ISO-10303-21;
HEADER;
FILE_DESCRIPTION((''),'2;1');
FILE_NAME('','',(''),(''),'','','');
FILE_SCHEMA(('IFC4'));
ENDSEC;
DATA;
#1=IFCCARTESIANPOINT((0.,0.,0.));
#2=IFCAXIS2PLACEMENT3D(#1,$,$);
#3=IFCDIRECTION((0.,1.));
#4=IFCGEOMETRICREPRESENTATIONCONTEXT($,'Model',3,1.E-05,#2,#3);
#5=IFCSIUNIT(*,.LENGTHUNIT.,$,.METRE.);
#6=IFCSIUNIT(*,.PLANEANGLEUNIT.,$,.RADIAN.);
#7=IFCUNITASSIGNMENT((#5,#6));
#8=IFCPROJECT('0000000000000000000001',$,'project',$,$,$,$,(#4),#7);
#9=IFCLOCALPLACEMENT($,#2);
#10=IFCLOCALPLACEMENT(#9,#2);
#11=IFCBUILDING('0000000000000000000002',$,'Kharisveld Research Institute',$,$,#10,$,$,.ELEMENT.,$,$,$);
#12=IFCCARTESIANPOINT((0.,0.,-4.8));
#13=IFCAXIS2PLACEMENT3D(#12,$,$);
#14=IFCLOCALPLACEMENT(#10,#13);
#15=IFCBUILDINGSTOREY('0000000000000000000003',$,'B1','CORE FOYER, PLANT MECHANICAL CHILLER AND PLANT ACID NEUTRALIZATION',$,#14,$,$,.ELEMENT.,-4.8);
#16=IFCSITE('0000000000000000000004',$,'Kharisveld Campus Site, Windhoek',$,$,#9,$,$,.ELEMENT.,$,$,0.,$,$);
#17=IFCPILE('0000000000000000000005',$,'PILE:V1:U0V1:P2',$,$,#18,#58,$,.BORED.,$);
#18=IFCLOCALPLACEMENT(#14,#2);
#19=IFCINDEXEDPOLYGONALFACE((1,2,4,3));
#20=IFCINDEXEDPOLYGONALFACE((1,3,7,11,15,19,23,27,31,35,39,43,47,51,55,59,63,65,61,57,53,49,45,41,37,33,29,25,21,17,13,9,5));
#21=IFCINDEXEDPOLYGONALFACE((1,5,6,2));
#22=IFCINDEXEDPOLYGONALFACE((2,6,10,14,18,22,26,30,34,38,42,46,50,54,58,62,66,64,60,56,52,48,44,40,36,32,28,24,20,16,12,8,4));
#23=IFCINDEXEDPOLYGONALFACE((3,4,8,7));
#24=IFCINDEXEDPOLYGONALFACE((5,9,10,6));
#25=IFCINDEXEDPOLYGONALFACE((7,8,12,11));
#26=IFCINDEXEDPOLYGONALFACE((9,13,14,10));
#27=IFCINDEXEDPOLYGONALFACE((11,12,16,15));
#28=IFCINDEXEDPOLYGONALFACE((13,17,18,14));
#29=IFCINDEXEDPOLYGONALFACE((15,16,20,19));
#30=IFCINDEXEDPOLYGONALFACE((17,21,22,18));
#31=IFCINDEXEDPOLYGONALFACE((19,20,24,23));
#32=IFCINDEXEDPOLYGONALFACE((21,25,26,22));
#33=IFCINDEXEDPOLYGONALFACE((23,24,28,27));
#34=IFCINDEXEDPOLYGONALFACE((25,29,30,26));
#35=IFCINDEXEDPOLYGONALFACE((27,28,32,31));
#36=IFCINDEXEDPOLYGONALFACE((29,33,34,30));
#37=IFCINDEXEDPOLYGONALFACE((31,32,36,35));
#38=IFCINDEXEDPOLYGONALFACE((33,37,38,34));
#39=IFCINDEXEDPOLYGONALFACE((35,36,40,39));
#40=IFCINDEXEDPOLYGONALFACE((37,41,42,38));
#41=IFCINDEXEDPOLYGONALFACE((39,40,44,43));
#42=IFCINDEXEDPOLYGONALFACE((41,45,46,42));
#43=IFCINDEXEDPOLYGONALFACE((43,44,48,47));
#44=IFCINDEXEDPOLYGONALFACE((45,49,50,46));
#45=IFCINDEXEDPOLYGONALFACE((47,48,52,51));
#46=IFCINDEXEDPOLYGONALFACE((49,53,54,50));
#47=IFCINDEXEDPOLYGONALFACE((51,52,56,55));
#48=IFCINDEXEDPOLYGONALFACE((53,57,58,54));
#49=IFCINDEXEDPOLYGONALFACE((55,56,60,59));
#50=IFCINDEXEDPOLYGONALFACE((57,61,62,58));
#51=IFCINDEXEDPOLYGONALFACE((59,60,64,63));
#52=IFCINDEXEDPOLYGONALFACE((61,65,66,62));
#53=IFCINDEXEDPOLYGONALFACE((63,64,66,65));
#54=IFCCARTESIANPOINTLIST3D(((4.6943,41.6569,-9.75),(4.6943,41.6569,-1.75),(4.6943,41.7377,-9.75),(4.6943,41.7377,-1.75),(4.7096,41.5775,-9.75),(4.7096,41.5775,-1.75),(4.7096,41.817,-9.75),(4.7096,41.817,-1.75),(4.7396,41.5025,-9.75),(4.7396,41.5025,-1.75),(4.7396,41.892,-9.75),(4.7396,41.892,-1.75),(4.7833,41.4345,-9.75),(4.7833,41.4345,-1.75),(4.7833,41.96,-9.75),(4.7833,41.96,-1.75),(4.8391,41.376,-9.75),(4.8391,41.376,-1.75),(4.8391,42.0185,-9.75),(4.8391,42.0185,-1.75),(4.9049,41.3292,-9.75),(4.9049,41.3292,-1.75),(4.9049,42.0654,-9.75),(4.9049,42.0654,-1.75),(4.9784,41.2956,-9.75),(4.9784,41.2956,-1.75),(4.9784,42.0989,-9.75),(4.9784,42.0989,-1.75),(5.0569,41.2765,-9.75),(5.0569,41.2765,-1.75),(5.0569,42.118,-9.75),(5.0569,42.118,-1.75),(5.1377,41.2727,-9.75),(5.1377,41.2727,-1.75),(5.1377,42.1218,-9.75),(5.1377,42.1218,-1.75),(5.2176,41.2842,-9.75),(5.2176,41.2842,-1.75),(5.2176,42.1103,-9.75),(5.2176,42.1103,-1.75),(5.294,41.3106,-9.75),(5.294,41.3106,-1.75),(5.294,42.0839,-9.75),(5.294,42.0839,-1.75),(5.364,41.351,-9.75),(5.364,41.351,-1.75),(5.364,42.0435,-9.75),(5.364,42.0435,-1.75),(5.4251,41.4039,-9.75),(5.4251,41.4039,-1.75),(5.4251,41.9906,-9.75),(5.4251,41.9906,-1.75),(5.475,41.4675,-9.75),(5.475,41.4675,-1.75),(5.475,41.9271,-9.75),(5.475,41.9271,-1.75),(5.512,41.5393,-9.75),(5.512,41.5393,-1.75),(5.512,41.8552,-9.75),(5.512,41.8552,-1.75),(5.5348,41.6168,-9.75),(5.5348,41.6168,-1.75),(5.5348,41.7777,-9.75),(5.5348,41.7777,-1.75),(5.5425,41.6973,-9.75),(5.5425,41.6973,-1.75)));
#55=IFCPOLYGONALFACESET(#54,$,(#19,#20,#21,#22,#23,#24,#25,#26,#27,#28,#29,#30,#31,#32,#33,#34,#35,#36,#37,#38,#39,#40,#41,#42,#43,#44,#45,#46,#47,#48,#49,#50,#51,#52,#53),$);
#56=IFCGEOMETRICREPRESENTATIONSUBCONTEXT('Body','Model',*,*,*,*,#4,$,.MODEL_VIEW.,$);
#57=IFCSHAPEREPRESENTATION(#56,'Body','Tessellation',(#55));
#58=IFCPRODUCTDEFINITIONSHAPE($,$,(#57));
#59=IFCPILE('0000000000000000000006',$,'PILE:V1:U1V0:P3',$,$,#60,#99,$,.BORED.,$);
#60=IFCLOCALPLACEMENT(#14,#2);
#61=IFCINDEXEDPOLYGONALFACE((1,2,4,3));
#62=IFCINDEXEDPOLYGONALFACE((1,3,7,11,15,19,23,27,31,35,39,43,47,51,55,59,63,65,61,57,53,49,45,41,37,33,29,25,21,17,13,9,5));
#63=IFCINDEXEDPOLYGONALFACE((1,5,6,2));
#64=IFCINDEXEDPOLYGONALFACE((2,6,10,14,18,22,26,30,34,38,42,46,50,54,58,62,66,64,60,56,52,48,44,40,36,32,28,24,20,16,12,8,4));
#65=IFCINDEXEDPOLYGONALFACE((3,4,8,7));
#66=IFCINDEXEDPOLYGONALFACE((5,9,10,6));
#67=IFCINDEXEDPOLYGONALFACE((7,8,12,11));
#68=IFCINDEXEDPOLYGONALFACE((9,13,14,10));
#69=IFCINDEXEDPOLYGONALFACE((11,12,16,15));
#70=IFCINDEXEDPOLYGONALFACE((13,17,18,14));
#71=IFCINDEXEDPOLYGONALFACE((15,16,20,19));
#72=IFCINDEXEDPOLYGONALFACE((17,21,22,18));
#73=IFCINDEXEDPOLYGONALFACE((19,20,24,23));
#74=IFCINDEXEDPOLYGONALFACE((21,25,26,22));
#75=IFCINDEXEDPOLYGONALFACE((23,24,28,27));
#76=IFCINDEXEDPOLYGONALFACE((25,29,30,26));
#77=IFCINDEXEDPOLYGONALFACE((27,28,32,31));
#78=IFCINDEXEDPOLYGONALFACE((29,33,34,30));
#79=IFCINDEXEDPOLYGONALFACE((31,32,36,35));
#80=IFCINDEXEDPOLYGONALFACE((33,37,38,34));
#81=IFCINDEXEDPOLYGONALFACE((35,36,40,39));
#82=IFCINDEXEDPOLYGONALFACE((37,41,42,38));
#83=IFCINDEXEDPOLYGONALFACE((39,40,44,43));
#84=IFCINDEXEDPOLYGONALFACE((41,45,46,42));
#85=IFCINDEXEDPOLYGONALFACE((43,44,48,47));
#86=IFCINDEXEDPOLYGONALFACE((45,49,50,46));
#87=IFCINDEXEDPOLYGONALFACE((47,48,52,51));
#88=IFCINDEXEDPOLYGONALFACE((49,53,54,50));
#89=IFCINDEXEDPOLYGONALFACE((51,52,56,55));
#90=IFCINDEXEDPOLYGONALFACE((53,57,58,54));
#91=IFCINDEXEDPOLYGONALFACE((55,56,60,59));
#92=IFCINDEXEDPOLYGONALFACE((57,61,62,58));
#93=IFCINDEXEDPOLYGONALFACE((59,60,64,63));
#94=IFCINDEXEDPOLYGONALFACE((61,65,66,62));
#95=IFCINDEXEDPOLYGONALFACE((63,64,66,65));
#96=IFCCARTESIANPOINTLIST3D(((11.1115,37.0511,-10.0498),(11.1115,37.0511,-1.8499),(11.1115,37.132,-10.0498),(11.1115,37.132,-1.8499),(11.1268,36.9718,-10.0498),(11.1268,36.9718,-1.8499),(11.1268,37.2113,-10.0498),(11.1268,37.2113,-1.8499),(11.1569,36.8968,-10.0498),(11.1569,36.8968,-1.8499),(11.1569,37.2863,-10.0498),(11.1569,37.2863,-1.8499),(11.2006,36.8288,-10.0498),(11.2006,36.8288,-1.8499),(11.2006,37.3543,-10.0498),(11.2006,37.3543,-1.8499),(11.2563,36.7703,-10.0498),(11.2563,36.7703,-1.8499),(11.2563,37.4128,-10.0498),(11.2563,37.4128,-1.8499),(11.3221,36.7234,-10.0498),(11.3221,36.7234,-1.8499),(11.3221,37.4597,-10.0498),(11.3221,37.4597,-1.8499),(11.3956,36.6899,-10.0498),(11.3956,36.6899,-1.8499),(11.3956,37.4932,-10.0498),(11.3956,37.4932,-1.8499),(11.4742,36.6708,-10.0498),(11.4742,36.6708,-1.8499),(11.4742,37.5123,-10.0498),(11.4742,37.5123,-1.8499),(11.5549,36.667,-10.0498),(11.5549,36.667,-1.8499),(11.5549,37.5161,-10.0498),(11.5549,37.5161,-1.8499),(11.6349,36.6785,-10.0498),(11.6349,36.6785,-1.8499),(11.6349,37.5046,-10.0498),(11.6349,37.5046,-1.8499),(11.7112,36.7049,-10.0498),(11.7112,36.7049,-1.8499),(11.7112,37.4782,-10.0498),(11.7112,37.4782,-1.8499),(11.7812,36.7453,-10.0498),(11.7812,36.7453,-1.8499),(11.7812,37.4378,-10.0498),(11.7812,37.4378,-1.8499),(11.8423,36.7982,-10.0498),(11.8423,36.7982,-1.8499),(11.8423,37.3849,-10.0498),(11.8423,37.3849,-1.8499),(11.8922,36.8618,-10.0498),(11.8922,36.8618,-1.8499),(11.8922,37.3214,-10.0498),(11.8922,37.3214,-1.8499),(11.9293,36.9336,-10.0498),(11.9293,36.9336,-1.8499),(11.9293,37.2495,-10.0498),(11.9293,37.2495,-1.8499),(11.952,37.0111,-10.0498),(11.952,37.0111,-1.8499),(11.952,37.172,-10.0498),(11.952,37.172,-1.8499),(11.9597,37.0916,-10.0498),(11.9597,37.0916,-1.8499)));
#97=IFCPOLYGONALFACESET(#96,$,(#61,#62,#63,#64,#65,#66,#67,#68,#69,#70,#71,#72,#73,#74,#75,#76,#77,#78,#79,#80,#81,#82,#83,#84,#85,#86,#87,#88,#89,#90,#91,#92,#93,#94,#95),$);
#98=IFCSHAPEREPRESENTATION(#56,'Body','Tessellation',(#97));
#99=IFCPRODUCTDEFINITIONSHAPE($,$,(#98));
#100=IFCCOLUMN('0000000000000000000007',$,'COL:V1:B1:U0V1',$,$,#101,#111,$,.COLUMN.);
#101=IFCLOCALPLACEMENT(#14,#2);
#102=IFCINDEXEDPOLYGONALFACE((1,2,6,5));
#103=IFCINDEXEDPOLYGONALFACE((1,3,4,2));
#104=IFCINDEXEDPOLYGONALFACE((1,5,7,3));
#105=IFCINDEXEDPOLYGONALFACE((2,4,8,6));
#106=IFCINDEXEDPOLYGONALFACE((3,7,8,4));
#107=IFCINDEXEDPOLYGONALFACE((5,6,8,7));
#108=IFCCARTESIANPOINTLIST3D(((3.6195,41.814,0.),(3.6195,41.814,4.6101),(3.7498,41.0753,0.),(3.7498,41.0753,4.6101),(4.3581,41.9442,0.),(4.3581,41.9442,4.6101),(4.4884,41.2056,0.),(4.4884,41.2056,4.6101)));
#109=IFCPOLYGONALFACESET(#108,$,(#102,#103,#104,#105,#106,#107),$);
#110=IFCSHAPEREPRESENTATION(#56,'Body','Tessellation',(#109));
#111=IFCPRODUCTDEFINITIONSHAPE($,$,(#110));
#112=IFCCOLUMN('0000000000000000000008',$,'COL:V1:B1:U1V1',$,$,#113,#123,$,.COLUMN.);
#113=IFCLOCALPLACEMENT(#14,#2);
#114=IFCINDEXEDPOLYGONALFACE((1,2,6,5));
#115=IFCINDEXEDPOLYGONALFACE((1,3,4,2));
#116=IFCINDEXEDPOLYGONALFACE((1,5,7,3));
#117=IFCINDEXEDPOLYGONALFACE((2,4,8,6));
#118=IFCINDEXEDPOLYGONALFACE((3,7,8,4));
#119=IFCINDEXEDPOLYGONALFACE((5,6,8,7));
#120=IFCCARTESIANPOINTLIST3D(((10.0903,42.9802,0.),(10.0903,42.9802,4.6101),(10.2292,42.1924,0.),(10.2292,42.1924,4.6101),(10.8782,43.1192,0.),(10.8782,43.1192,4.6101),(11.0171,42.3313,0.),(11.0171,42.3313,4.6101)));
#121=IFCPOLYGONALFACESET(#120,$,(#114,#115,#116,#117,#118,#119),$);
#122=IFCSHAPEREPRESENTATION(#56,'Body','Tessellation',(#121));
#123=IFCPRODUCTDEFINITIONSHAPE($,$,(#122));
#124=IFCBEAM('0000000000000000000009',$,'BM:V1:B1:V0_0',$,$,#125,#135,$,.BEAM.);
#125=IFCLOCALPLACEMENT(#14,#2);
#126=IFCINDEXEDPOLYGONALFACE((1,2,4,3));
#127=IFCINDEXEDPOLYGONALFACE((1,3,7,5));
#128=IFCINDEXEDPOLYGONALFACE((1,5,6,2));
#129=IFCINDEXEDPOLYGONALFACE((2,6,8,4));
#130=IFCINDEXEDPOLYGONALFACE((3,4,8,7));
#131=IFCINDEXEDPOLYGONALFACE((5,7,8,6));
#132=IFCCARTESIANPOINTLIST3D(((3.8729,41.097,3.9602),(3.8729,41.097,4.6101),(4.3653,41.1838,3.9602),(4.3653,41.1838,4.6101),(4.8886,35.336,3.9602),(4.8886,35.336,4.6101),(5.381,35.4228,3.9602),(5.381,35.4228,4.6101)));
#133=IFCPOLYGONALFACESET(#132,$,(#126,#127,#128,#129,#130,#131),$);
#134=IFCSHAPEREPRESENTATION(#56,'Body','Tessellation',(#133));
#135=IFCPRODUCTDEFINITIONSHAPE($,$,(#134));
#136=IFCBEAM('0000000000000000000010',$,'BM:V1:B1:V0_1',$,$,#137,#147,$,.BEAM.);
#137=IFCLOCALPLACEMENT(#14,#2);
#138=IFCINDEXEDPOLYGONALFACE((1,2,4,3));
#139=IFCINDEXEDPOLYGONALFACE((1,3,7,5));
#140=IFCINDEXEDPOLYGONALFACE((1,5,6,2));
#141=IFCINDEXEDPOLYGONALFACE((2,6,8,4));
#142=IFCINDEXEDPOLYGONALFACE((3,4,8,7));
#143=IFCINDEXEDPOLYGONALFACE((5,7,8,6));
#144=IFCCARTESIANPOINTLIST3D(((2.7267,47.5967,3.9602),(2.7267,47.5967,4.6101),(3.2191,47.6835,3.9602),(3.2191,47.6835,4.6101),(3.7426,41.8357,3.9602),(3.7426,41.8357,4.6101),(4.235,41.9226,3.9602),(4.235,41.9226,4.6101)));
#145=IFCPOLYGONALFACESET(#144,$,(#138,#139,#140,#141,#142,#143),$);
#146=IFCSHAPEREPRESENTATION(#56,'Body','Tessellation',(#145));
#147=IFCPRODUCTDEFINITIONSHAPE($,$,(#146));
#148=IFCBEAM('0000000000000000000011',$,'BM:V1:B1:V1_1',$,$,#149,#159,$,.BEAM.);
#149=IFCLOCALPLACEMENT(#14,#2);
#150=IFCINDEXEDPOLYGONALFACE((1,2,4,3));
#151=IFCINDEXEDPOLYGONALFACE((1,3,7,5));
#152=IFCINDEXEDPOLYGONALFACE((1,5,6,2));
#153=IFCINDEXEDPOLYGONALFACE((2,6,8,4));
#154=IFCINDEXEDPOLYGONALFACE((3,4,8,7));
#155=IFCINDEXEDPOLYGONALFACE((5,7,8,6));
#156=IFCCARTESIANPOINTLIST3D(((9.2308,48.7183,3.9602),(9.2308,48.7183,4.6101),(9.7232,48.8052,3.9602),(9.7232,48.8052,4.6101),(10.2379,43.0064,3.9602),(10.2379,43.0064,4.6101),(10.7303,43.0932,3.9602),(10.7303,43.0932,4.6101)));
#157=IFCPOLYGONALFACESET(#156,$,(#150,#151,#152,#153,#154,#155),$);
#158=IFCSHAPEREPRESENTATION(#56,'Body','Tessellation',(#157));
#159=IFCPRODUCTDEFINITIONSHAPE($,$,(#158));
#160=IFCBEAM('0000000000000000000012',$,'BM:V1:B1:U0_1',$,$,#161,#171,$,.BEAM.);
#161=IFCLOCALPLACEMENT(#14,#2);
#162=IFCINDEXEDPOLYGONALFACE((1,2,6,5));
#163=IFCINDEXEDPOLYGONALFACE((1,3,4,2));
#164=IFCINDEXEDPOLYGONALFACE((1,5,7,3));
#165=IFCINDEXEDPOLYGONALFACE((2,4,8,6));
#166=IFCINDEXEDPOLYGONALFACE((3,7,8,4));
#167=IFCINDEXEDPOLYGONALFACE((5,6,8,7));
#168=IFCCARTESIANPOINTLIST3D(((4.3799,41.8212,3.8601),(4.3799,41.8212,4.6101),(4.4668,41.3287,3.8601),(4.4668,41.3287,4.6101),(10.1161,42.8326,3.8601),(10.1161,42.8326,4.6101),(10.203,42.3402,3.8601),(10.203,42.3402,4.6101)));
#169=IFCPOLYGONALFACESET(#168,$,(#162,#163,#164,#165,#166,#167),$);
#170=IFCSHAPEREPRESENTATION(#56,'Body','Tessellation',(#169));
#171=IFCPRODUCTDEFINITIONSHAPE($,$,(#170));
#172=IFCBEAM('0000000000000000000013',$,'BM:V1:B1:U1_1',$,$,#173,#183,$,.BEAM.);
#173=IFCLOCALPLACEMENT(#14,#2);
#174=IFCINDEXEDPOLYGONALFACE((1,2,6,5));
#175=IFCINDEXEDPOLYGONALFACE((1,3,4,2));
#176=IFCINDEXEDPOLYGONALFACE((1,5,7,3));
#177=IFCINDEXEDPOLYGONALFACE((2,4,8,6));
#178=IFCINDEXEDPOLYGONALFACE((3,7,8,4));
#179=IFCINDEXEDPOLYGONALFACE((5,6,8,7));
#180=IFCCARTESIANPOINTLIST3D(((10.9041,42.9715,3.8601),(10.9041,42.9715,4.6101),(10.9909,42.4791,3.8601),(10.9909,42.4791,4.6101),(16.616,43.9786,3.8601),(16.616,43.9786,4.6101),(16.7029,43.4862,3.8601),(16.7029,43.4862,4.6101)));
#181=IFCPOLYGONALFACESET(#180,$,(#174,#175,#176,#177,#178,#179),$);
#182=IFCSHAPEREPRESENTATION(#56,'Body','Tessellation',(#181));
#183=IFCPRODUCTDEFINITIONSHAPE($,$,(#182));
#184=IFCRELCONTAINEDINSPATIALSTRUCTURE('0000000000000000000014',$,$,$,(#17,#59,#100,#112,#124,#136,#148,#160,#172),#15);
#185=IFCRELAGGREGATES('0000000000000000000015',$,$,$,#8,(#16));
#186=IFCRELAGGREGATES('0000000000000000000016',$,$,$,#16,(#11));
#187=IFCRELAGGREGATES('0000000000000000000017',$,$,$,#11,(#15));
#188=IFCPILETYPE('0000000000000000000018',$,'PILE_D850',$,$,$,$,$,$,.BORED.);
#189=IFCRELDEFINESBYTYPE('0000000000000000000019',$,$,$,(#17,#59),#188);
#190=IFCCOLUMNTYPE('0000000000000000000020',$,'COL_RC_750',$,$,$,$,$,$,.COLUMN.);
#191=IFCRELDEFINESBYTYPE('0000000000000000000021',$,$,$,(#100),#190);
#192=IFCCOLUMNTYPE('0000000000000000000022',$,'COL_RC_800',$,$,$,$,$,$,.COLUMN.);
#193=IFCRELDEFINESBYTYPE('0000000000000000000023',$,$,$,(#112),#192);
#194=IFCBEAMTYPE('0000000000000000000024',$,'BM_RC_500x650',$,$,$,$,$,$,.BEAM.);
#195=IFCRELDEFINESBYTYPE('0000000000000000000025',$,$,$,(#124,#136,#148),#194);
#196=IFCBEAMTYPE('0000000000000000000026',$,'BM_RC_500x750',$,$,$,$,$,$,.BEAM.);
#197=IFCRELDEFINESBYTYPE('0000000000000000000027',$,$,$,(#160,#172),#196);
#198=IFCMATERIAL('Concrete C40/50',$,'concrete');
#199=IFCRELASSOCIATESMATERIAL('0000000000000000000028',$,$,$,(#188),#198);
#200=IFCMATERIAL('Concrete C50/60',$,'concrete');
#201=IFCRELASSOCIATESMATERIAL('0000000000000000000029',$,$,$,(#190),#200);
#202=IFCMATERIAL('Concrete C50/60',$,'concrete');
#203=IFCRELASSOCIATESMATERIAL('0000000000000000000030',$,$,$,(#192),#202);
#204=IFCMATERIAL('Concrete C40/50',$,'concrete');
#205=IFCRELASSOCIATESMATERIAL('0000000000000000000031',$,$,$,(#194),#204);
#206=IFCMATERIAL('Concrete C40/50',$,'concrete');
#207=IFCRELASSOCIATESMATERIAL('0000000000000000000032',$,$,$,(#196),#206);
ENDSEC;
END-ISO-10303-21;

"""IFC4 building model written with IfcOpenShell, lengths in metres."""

from ifc_helpers import new_model, si_unit, direction, frame, origin, origin_2d, place, context, subcontext, project, spatial, rectangle, circle, extrude, material, material_profile, profile_set, type_object, element, save


model = new_model("IFC4")

# Units and contexts
model_context = context("Model", 3, precision=1e-05, world=origin(), true_north=direction((0.0, 1.0)))
body_context = subcontext(model_context, "Body", "Model", "MODEL_VIEW")
ifc_project = project(units=[si_unit("LENGTHUNIT", "METRE"), si_unit("PLANEANGLEUNIT", "RADIAN")], contexts=[model_context])

# Site, building, storey
site_placement = place(None, origin())
site = spatial("IfcSite", under=ifc_project, at=site_placement, Name="Kharisveld Campus Site, Windhoek", CompositionType="ELEMENT", RefElevation=0.0)
building_placement = place(site_placement, origin())
building = spatial("IfcBuilding", under=site, at=building_placement, Name="Kharisveld Research Institute", CompositionType="ELEMENT")
storey_placement = place(building_placement, frame((0.0, 0.0, -4.8)))
storey = spatial("IfcBuildingStorey", under=building, at=storey_placement, Name="B1", Description="CORE FOYER, PLANT MECHANICAL CHILLER AND PLANT ACID NEUTRALIZATION", CompositionType="ELEMENT", Elevation=-4.8)

# Piles
ifc_material_1 = material(Name="Concrete C40/50", Category="concrete")
ifc_material_profile_1 = material_profile(ifc_material_1, circle(Radius=0.425, at=origin_2d()))
ifc_profile_set_1 = profile_set([ifc_material_profile_1], Name="Concrete C40/50")
pile_type_1 = type_object("IfcPileType", Name="PILE_D850", PredefinedType="BORED", material=ifc_profile_set_1)
for number, where, z_axis, x_axis, name in (
    (1, (5.1174, 41.6973, -1.75), (0.0, 0.0, -1.0), (1.0, 0.0, 0.0), "PILE:V1:U0V1:P2"),
):
    element("IfcPile", number, at=place(storey_placement, frame(where, z_axis=z_axis, x_axis=x_axis)), inside=storey, type_object=pile_type_1, Name=name, PredefinedType="BORED", context=body_context, shape_type="SweptSolid", body=[
        extrude(circle(Radius=0.425, at=origin_2d()), origin(), (0.0, 0.0, 1.0), 8.0),
    ])
pile_1_placement = place(storey_placement, frame((11.5347, 37.0916, -1.8499), z_axis=(0.0, 0.0, -1.0), x_axis=(1.0, 0.0, 0.0)))
element("IfcPile", 2, at=pile_1_placement, inside=storey, type_object=pile_type_1, Name="PILE:V1:U1V0:P3", PredefinedType="BORED", context=body_context, shape_type="SweptSolid", body=[
    extrude(circle(Radius=0.425, at=origin_2d()), origin(), (0.0, 0.0, 1.0), 8.2),
])

# Columns
ifc_material_2 = material(Name="Concrete C50/60", Category="concrete")
ifc_material_profile_2 = material_profile(ifc_material_2, rectangle(XDim=0.75, YDim=0.75, at=origin_2d()))
ifc_profile_set_2 = profile_set([ifc_material_profile_2], Name="Concrete C50/60")
column_type_1 = type_object("IfcColumnType", Name="COL_RC_750", PredefinedType="COLUMN", material=ifc_profile_set_2)
column_1_placement = place(storey_placement, frame((4.054, 41.5098, 0.0), z_axis=(0.0, 0.0, 1.0), x_axis=(0.984808, 0.173648, 0.0)))
element("IfcColumn", 3, at=column_1_placement, inside=storey, type_object=column_type_1, Name="COL:V1:B1:U0V1", PredefinedType="COLUMN", context=body_context, shape_type="SweptSolid", body=[
    extrude(rectangle(XDim=0.75, YDim=0.75, at=origin_2d()), origin(), (0.0, 0.0, 1.0), 4.6101),
])
ifc_material_3 = material(Name="Concrete C50/60", Category="concrete")
ifc_material_profile_3 = material_profile(ifc_material_3, rectangle(XDim=0.8, YDim=0.8, at=origin_2d()))
ifc_profile_set_3 = profile_set([ifc_material_profile_3], Name="Concrete C50/60")
column_type_2 = type_object("IfcColumnType", Name="COL_RC_800", PredefinedType="COLUMN", material=ifc_profile_set_3)
column_2_placement = place(storey_placement, frame((10.5537, 42.6558, 0.0), z_axis=(0.0, 0.0, 1.0), x_axis=(0.984808, 0.173648, 0.0)))
element("IfcColumn", 4, at=column_2_placement, inside=storey, type_object=column_type_2, Name="COL:V1:B1:U1V1", PredefinedType="COLUMN", context=body_context, shape_type="SweptSolid", body=[
    extrude(rectangle(XDim=0.8, YDim=0.8, at=origin_2d()), origin(), (0.0, 0.0, 1.0), 4.6101),
])

# Beams
ifc_material_4 = material(Name="Concrete C40/50", Category="concrete")
ifc_material_profile_4 = material_profile(ifc_material_4, rectangle(XDim=0.5, YDim=0.6499, at=origin_2d()))
ifc_profile_set_4 = profile_set([ifc_material_profile_4], Name="Concrete C40/50")
beam_type_1 = type_object("IfcBeamType", Name="BM_RC_500x650", PredefinedType="BEAM", material=ifc_profile_set_4)
for number, where, z_axis, x_axis, name in (
    (5, (5.1348, 35.3794, 4.2852), (-0.173616, 0.984813, 0.0), (-0.984813, -0.173616, 0.0), "BM:V1:B1:V0_0"),
    (6, (3.9888, 41.8792, 4.2852), (-0.173657, 0.984806, 0.0), (-0.984806, -0.173657, 0.0), "BM:V1:B1:V0_1"),
):
    element("IfcBeam", number, at=place(storey_placement, frame(where, z_axis=z_axis, x_axis=x_axis)), inside=storey, type_object=beam_type_1, Name=name, PredefinedType="BEAM", context=body_context, shape_type="SweptSolid", body=[
        extrude(rectangle(XDim=0.5, YDim=0.6499, at=origin_2d()), origin(), (0.0, 0.0, 1.0), 5.8499),
    ])
beam_1_placement = place(storey_placement, frame((10.4841, 43.0498, 4.2852), z_axis=(-0.173634, 0.98481, 0.0), x_axis=(-0.98481, -0.173634, 0.0)))
element("IfcBeam", 7, at=beam_1_placement, inside=storey, type_object=beam_type_1, Name="BM:V1:B1:V1_1", PredefinedType="BEAM", context=body_context, shape_type="SweptSolid", body=[
    extrude(rectangle(XDim=0.5, YDim=0.6499, at=origin_2d()), origin(), (0.0, 0.0, 1.0), 5.8),
])
ifc_material_5 = material(Name="Concrete C40/50", Category="concrete")
ifc_material_profile_5 = material_profile(ifc_material_5, rectangle(XDim=0.5, YDim=0.75, at=origin_2d()))
ifc_profile_set_5 = profile_set([ifc_material_profile_5], Name="Concrete C40/50")
beam_type_2 = type_object("IfcBeamType", Name="BM_RC_500x750", PredefinedType="BEAM", material=ifc_profile_set_5)
beam_2_placement = place(storey_placement, frame((4.4233, 41.575, 4.2351), z_axis=(0.984808, 0.173649, 0.0), x_axis=(-0.173649, 0.984808, 0.0)))
element("IfcBeam", 8, at=beam_2_placement, inside=storey, type_object=beam_type_2, Name="BM:V1:B1:U0_1", PredefinedType="BEAM", context=body_context, shape_type="SweptSolid", body=[
    extrude(rectangle(XDim=0.5, YDim=0.75, at=origin_2d()), origin(), (0.0, 0.0, 1.0), 5.8247),
])
beam_3_placement = place(storey_placement, frame((10.9475, 42.7253, 4.2351), z_axis=(0.98481, 0.173634, 0.0), x_axis=(-0.173634, 0.98481, 0.0)))
element("IfcBeam", 9, at=beam_3_placement, inside=storey, type_object=beam_type_2, Name="BM:V1:B1:U1_1", PredefinedType="BEAM", context=body_context, shape_type="SweptSolid", body=[
    extrude(rectangle(XDim=0.5, YDim=0.75, at=origin_2d()), origin(), (0.0, 0.0, 1.0), 5.8),
])

save(model, "model.ifc")
